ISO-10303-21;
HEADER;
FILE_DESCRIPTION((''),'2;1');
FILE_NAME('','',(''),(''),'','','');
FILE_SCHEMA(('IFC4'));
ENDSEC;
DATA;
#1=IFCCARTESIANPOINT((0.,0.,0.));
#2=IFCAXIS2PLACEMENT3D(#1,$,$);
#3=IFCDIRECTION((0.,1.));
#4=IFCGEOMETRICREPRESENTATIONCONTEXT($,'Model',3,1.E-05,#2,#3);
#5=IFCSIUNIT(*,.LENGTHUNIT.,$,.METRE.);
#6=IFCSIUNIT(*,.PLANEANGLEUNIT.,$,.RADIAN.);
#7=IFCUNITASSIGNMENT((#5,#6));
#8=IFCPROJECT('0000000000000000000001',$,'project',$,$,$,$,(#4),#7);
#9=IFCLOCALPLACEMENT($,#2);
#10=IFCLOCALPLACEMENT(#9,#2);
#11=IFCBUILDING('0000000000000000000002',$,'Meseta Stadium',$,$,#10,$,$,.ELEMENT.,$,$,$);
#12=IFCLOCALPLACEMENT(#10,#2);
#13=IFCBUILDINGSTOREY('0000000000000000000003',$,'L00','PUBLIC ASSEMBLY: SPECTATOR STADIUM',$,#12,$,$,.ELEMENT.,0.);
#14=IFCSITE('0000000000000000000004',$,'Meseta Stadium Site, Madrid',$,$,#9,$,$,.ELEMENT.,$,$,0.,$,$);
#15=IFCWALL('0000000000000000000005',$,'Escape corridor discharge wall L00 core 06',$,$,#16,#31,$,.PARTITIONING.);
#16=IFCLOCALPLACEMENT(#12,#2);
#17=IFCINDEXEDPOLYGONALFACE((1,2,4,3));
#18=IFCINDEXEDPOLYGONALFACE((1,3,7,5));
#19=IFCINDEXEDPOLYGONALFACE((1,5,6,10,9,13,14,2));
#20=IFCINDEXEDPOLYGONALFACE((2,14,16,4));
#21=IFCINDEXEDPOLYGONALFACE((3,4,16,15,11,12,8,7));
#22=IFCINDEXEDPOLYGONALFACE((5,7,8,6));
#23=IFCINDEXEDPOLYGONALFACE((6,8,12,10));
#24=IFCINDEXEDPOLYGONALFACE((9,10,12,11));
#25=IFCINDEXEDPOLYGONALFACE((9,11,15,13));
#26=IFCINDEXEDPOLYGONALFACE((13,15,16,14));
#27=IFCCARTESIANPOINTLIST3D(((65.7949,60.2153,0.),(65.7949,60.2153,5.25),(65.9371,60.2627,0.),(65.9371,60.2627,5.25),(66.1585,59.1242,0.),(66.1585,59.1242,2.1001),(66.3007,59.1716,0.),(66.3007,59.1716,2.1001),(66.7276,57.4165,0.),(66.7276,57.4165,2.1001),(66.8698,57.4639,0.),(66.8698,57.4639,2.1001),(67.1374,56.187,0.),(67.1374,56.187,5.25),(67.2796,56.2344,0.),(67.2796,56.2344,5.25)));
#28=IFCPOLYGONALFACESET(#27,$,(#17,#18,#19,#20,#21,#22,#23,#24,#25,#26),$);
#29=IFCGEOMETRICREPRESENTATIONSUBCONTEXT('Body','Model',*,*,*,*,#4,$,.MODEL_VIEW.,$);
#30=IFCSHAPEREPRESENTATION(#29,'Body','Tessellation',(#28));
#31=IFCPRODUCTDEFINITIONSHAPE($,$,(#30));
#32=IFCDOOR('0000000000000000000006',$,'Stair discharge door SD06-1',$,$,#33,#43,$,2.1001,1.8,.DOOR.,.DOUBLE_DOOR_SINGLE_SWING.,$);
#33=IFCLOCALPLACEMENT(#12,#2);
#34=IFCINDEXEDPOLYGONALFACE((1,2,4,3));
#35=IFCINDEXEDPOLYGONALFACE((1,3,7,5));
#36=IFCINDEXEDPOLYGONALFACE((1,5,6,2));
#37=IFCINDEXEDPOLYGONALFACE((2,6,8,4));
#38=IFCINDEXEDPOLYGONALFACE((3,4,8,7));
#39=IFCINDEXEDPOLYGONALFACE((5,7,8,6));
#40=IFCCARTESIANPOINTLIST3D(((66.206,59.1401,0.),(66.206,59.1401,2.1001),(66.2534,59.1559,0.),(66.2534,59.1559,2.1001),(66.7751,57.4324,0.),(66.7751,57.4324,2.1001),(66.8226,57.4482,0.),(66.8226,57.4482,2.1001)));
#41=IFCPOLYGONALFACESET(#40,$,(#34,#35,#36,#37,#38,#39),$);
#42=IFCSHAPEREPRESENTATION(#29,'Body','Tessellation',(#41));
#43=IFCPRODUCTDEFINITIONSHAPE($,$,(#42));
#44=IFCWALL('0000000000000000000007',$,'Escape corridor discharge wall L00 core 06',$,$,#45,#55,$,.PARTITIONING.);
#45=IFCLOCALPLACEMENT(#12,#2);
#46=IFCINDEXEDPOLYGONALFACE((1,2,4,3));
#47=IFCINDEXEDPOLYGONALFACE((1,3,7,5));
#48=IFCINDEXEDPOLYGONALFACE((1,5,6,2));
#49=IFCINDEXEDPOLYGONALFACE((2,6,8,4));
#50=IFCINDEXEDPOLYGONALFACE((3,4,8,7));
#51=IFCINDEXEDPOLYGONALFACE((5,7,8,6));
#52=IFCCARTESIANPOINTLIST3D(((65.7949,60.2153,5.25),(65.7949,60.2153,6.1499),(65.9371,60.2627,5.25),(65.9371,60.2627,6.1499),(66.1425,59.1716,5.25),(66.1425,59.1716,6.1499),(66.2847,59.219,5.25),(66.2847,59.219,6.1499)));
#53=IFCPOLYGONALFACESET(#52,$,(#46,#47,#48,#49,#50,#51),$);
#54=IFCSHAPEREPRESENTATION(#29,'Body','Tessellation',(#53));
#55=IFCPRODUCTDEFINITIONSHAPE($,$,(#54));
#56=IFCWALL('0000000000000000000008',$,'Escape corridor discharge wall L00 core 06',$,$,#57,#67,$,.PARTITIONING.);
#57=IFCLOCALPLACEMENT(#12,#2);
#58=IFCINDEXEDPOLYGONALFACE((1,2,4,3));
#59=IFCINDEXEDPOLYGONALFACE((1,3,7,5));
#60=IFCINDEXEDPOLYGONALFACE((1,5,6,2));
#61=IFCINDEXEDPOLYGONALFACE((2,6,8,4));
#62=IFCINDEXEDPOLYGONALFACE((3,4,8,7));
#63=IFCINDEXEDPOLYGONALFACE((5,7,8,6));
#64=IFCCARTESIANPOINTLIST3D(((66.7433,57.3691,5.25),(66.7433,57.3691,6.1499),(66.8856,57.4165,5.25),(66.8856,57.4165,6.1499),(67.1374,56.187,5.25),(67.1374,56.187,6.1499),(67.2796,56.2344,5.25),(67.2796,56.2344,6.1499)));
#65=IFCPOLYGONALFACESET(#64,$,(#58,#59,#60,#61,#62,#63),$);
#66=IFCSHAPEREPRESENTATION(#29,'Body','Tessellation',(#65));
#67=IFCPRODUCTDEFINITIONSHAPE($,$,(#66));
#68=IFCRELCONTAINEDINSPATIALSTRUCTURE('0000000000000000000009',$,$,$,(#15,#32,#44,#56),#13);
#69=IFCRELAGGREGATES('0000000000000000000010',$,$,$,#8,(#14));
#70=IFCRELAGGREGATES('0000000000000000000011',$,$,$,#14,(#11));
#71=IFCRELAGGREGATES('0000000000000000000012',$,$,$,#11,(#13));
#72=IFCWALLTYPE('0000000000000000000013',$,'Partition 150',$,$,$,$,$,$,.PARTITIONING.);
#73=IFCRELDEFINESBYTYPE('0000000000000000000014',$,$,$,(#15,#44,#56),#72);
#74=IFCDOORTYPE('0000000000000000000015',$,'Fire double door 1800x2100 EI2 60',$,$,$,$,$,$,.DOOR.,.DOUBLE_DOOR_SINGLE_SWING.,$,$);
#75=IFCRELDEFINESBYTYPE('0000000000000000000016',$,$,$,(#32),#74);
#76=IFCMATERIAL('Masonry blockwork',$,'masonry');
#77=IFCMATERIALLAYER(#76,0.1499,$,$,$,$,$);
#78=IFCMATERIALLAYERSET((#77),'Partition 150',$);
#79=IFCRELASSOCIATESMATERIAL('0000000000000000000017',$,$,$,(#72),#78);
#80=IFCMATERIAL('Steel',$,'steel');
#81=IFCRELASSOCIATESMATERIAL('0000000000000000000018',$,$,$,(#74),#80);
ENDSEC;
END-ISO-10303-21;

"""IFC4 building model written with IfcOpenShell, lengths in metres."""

from ifc_helpers import new_model, si_unit, direction, frame, frame_2d, origin, place, context, subcontext, project, spatial, rectangle, extrude, material, layer, layer_set, type_object, element, fill, save


model = new_model("IFC4")

# Units and contexts
model_context = context("Model", 3, precision=1e-05, world=origin(), true_north=direction((0.0, 1.0)))
body_context = subcontext(model_context, "Body", "Model", "MODEL_VIEW")
ifc_project = project(units=[si_unit("LENGTHUNIT", "METRE"), si_unit("PLANEANGLEUNIT", "RADIAN")], contexts=[model_context])

# Site, building, storey
site_placement = place(None, origin())
site = spatial("IfcSite", under=ifc_project, at=site_placement, Name="Meseta Stadium Site, Madrid", CompositionType="ELEMENT", RefElevation=0.0)
building_placement = place(site_placement, origin())
building = spatial("IfcBuilding", under=site, at=building_placement, Name="Meseta Stadium", CompositionType="ELEMENT")
storey_placement = place(building_placement, origin())
storey = spatial("IfcBuildingStorey", under=building, at=storey_placement, Name="L00", Description="PUBLIC ASSEMBLY: SPECTATOR STADIUM", CompositionType="ELEMENT", Elevation=0.0)

# Shared definitions
ifc_material_1 = material(Name="Masonry blockwork", Category="masonry")
ifc_layer_1 = layer(ifc_material_1, 0.1499)
ifc_layer_set_1 = layer_set([ifc_layer_1], Name="Partition 150")
wall_type_1 = type_object("IfcWallType", Name="Partition 150", PredefinedType="PARTITIONING", material=ifc_layer_set_1)

# Shared definitions
ifc_material_2 = material(Name="Steel", Category="steel")
door_type_1 = type_object("IfcDoorType", Name="Fire double door 1800x2100 EI2 60", OperationType="DOUBLE_DOOR_SINGLE_SWING", PredefinedType="DOOR", material=ifc_material_2)

# Wall, opening, door
wall_1_placement = place(storey_placement, frame((67.2085, 56.2107, 0.0), z_axis=(0.0, 0.0, 1.0), x_axis=(-0.316176, 0.948701, 0.0)))
wall_1 = element("IfcWall", 1, at=wall_1_placement, inside=storey, type_object=wall_type_1, Name="Escape corridor discharge wall L00 core 06", PredefinedType="PARTITIONING", context=body_context, shape_type="SweptSolid", body=[
    extrude(rectangle(XDim=4.2461, YDim=0.1499, at=frame_2d((2.123, 0.0))), origin(), (0.0, 0.0, 1.0), 5.25),
])
opening_1_placement = place(wall_1_placement, frame((1.2961, 0.0, 0.0)))
opening_1 = element("IfcOpeningElement", 2, at=opening_1_placement, cuts=wall_1, PredefinedType="OPENING", context=body_context, shape_type="SweptSolid", body=[
    extrude(rectangle(XDim=1.8, YDim=2.1001, at=frame_2d((0.8999, 1.05))), frame((0.0, 0.085, 0.0), z_axis=(0.0, -1.0, 0.0), x_axis=(1.0, 0.0, 0.0)), (0.0, 0.0, 1.0), 0.1699),
])
door_1_placement = place(opening_1_placement, origin())
door_1 = element("IfcDoor", 3, at=door_1_placement, inside=storey, type_object=door_type_1, Name="Stair discharge door SD06-1", OperationType="DOUBLE_DOOR_SINGLE_SWING", OverallHeight=2.1001, OverallWidth=1.8, PredefinedType="DOOR", context=body_context, shape_type="SweptSolid", body=[
    extrude(rectangle(XDim=1.8, YDim=2.1001, at=frame_2d((0.8999, 1.05))), frame((0.0, 0.0249, 0.0), z_axis=(0.0, -1.0, 0.0), x_axis=(1.0, 0.0, 0.0)), (0.0, 0.0, 1.0), 0.05),
])
fill(opening_1, door_1)

# Walls
wall_2_placement = place(storey_placement, frame((66.2136, 59.1953, 5.25), z_axis=(0.0, 0.0, 1.0), x_axis=(-0.316028, 0.94875, 0.0)))
element("IfcWall", 4, at=wall_2_placement, inside=storey, type_object=wall_type_1, Name="Escape corridor discharge wall L00 core 06", PredefinedType="PARTITIONING", context=body_context, shape_type="SweptSolid", body=[
    extrude(rectangle(XDim=1.1001, YDim=0.1499, at=frame_2d((0.55, 0.0))), origin(), (0.0, 0.0, 1.0), 0.8999),
])
wall_3_placement = place(storey_placement, frame((67.2085, 56.2107, 5.25), z_axis=(0.0, 0.0, 1.0), x_axis=(-0.316228, 0.948683, 0.0)))
element("IfcWall", 5, at=wall_3_placement, inside=storey, type_object=wall_type_1, Name="Escape corridor discharge wall L00 core 06", PredefinedType="PARTITIONING", context=body_context, shape_type="SweptSolid", body=[
    extrude(rectangle(XDim=1.2461, YDim=0.1499, at=frame_2d((0.623, 0.0))), origin(), (0.0, 0.0, 1.0), 0.8999),
])

save(model, "model.ifc")
